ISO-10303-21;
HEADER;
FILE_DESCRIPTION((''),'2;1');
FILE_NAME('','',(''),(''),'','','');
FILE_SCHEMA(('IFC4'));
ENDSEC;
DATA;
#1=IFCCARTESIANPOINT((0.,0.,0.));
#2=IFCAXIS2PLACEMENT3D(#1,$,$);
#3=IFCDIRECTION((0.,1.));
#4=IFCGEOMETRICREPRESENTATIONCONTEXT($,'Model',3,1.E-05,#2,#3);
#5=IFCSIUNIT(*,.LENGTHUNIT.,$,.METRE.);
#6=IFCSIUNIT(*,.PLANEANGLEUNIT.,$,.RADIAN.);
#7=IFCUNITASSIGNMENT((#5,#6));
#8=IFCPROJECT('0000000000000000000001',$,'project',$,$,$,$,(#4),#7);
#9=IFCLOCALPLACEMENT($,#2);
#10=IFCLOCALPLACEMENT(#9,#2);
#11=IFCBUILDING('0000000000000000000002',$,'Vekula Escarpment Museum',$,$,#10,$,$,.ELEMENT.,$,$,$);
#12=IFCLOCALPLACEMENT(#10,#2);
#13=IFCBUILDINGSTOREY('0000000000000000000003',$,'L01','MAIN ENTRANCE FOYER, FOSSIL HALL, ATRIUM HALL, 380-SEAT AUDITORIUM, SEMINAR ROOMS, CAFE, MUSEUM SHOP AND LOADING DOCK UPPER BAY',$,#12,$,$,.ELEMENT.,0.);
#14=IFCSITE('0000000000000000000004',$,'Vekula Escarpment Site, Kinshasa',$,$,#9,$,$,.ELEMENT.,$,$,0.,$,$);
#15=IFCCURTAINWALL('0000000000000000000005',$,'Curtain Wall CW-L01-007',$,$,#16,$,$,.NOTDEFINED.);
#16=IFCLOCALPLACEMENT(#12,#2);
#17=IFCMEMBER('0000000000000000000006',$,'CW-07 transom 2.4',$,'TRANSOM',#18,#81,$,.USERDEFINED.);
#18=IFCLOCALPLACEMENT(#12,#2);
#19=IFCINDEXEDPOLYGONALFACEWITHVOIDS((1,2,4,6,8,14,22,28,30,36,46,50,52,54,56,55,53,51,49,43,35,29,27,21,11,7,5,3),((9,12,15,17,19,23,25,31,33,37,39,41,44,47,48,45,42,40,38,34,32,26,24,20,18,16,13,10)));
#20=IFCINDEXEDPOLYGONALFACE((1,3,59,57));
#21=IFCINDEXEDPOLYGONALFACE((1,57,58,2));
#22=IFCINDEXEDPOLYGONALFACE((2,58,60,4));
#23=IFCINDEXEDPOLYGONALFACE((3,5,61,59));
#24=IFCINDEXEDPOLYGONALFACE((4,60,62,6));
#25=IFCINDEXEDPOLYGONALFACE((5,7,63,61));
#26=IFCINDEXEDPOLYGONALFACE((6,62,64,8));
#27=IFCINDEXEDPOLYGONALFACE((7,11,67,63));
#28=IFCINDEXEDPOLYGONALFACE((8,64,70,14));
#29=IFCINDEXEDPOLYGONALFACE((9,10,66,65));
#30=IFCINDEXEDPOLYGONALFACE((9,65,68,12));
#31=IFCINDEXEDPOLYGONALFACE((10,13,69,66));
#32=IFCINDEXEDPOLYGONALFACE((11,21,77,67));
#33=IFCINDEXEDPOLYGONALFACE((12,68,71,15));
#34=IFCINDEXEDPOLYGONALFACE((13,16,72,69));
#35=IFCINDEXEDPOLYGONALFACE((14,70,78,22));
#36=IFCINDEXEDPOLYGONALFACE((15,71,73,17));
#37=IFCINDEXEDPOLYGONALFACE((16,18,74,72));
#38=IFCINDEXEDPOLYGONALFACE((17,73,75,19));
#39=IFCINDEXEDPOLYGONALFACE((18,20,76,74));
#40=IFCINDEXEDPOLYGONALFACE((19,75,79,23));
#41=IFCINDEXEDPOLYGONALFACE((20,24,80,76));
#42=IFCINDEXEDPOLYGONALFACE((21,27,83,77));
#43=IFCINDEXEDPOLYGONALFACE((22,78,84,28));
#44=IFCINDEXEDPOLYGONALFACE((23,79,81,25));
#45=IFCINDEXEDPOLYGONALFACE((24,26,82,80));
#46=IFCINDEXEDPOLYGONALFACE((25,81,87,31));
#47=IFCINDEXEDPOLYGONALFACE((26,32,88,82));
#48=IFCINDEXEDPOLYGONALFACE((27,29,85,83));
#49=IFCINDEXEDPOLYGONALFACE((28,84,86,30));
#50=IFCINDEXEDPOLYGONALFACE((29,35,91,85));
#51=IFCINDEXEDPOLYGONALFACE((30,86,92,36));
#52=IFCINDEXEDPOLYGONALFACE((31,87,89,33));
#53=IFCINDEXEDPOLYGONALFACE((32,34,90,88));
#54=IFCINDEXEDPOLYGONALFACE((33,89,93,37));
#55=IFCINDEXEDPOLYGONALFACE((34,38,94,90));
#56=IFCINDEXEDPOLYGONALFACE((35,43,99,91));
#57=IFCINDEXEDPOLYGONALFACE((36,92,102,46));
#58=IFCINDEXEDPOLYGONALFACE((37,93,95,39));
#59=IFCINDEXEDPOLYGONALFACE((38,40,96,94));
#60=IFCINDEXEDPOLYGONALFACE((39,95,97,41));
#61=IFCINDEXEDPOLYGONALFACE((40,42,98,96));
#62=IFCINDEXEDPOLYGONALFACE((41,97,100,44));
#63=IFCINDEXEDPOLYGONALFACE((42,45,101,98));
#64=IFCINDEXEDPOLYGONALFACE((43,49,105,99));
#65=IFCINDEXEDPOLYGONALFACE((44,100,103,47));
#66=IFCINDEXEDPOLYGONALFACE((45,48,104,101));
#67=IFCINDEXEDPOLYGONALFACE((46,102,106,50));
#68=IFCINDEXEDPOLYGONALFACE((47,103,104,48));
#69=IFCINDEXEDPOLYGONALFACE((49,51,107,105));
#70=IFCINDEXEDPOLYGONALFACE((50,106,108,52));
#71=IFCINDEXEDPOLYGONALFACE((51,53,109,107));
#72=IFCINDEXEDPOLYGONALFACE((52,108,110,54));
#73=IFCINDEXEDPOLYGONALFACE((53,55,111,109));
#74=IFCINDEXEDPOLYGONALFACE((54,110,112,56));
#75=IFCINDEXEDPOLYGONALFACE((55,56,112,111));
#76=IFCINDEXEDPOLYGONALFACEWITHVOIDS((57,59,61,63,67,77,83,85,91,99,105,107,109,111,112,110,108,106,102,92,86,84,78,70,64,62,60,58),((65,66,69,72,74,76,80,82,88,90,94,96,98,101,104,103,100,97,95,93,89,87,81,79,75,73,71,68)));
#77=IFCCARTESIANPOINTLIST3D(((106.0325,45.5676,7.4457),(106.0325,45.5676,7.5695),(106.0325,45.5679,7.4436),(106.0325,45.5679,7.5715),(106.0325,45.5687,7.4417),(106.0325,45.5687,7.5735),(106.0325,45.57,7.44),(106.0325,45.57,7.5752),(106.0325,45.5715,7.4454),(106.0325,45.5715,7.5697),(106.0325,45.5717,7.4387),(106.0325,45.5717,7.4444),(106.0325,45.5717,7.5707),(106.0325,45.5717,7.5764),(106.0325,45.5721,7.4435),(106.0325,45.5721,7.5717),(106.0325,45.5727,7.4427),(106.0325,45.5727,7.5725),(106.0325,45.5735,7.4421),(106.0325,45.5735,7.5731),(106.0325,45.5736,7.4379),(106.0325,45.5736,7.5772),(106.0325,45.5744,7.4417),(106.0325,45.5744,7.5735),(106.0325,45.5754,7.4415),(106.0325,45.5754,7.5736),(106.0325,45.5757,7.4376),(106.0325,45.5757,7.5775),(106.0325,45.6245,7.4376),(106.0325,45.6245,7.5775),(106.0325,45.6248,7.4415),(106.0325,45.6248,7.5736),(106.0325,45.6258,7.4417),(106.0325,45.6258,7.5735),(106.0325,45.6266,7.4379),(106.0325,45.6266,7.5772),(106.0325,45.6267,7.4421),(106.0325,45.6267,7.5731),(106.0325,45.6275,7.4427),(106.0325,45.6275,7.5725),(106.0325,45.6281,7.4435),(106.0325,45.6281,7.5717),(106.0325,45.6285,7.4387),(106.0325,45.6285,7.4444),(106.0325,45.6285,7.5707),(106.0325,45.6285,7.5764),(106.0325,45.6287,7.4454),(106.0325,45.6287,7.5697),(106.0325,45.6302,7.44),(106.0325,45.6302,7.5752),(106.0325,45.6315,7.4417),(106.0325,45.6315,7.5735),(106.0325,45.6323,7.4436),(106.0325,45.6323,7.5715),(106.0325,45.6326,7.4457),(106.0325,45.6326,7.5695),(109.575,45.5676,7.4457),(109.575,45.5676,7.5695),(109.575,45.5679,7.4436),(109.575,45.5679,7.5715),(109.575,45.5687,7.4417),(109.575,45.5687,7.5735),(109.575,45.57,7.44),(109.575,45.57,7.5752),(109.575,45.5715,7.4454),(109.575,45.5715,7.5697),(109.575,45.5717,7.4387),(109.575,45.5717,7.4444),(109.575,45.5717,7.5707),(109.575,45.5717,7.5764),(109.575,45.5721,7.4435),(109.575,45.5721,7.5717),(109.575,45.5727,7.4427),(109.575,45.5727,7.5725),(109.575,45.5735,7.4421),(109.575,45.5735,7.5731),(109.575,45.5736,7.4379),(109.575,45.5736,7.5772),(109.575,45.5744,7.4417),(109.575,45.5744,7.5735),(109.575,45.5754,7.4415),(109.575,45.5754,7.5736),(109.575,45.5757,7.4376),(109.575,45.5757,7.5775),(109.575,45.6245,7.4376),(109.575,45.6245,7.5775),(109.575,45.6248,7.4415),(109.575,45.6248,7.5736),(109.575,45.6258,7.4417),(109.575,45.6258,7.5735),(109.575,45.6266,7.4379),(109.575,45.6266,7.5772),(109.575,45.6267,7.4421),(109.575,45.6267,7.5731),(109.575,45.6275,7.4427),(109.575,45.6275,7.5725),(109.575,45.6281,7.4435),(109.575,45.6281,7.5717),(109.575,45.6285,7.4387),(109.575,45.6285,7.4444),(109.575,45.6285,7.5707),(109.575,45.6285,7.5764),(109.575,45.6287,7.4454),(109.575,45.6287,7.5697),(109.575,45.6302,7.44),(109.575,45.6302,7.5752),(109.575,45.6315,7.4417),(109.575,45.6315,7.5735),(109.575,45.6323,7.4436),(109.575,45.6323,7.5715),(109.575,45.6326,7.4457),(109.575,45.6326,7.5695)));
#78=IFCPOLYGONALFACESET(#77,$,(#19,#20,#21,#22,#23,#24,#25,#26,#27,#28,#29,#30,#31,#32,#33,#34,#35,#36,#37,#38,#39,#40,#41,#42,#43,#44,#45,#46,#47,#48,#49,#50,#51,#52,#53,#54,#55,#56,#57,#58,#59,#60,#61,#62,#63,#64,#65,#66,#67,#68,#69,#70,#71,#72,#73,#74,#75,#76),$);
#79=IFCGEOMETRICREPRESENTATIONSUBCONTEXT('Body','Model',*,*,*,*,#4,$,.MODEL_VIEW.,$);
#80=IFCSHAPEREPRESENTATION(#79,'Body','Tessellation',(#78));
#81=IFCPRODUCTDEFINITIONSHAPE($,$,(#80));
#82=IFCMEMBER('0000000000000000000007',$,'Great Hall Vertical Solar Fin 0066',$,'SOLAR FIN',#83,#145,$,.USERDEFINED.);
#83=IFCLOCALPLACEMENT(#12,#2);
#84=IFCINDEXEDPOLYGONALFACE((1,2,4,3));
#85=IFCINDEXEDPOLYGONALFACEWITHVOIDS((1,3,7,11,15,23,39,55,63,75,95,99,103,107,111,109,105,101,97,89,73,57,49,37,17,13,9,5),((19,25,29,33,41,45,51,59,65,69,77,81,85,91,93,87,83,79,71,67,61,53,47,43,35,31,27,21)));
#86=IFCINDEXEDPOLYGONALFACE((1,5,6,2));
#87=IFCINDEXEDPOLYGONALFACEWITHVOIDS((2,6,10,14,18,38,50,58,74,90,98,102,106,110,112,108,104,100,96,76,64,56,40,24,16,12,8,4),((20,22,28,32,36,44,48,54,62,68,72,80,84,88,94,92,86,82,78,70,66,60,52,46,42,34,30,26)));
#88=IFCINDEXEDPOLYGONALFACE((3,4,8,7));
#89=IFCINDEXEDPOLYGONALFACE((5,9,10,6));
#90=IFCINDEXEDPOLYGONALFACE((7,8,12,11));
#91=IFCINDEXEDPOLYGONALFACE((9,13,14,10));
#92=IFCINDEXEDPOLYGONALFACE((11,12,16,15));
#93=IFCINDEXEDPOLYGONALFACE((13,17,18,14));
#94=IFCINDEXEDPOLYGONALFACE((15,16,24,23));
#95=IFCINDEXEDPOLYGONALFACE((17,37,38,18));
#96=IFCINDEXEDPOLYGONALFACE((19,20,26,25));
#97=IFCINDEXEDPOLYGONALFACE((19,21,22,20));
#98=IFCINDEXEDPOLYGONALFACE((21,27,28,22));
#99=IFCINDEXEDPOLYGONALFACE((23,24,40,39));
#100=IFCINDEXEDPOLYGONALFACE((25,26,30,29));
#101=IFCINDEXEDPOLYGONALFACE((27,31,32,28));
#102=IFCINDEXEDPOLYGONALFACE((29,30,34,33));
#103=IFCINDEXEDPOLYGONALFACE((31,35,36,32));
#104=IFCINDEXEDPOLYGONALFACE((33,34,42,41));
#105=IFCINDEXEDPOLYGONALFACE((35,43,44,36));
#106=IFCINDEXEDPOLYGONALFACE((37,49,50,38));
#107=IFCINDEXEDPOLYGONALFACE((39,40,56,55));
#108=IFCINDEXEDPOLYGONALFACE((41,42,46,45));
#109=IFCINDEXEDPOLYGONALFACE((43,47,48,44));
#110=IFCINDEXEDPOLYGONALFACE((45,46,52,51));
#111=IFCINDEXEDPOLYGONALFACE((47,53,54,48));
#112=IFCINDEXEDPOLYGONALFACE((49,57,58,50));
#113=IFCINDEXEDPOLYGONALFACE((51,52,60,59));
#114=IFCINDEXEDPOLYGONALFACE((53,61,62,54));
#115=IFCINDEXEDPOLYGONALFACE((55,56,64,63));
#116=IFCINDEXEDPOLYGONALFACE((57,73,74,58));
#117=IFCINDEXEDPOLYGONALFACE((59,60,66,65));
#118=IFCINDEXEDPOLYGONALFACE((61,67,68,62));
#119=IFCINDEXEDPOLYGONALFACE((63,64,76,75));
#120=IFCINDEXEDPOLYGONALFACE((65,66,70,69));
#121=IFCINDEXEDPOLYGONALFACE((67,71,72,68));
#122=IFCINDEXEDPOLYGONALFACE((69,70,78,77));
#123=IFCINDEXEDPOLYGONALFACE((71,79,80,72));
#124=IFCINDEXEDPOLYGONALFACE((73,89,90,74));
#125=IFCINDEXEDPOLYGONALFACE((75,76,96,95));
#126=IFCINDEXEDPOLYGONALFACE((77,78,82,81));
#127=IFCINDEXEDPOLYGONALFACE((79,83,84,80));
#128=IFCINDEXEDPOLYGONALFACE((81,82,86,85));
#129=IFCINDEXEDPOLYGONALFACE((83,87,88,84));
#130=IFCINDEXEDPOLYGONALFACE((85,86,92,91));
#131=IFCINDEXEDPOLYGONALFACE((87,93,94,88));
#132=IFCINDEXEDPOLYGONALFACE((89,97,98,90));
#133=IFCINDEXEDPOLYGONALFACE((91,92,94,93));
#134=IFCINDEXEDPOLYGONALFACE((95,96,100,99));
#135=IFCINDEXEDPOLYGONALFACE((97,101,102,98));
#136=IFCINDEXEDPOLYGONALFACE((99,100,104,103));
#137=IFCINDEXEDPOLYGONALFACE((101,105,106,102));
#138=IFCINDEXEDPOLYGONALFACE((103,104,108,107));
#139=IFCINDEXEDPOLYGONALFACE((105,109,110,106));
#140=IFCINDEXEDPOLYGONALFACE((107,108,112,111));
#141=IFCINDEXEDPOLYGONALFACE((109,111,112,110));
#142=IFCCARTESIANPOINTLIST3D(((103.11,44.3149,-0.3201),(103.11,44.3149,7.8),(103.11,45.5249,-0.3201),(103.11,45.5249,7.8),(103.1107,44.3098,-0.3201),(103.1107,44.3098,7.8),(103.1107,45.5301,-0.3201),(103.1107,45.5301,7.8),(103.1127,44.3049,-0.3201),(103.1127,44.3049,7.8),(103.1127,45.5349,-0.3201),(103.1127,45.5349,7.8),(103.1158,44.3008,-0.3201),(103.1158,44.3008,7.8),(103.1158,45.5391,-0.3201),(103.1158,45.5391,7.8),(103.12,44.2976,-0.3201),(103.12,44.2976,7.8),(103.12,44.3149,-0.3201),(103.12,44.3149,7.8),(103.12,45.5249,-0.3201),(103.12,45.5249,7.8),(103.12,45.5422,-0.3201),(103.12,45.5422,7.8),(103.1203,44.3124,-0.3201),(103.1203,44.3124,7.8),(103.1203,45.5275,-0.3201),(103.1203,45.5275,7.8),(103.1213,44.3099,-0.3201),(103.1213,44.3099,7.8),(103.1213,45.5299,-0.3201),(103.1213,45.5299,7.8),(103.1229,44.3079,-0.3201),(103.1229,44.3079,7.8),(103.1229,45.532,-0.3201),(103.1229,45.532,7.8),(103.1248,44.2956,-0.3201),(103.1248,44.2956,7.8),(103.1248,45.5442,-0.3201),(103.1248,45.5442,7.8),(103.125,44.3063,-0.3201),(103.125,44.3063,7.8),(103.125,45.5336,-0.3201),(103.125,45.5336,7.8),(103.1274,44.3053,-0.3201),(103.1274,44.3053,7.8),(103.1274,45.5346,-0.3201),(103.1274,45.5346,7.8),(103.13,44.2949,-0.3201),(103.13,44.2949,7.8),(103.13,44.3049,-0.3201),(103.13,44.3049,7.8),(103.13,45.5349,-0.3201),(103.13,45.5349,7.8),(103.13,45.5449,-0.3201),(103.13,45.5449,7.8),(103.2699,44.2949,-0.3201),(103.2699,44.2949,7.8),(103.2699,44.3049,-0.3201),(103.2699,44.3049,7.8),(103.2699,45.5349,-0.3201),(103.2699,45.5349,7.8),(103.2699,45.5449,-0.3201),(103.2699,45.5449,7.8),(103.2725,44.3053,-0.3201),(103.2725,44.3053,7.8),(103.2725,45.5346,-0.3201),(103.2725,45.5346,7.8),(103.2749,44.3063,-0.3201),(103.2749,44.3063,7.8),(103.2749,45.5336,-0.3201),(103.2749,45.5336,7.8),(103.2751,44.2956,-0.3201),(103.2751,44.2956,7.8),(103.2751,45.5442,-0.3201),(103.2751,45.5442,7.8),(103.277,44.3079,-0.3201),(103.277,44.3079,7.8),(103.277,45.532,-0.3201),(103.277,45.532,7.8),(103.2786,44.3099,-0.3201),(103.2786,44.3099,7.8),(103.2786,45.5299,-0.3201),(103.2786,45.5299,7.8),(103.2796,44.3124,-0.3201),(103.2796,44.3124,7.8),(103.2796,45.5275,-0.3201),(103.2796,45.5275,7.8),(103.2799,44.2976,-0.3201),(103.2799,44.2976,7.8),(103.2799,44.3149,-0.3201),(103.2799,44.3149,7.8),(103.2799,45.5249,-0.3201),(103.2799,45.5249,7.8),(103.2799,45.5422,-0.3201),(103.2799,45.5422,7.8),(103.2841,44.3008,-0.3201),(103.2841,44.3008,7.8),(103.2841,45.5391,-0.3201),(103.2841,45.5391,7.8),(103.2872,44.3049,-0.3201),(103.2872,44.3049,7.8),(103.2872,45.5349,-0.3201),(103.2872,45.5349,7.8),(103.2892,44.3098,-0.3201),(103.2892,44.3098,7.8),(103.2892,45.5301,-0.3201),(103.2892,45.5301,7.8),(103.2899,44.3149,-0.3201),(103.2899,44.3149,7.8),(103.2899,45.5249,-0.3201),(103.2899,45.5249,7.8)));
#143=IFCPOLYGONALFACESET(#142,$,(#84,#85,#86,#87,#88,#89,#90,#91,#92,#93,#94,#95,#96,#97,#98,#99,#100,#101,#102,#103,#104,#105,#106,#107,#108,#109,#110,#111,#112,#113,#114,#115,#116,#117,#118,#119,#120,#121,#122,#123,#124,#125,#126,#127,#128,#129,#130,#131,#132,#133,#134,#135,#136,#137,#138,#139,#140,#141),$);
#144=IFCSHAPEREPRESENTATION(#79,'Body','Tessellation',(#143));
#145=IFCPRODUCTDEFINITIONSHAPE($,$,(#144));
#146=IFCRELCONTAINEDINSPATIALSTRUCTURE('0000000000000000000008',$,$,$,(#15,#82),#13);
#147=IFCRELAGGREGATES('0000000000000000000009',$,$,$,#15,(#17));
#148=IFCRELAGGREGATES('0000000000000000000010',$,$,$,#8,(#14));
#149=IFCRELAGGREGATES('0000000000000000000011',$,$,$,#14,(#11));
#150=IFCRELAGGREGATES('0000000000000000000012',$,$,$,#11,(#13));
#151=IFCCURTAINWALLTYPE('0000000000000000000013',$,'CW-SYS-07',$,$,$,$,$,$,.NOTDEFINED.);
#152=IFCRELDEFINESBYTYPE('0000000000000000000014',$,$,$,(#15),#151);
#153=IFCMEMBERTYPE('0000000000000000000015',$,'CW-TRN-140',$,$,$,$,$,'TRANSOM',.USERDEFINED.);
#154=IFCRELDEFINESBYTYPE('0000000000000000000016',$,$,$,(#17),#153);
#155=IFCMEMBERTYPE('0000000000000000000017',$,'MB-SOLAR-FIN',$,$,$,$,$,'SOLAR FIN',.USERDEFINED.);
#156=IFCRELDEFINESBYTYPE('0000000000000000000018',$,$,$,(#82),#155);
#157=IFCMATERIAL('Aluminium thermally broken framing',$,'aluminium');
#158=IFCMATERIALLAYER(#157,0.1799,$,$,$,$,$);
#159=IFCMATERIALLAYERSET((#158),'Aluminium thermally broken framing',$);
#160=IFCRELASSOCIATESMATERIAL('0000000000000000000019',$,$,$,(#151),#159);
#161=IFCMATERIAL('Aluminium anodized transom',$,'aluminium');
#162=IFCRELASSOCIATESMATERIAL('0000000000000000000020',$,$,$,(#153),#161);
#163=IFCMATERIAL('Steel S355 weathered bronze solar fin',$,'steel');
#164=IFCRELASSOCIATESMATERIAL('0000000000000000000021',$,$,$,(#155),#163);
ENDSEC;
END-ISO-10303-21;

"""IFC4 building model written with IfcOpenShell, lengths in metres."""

from ifc_helpers import new_model, si_unit, direction, frame, origin, origin_2d, place, context, subcontext, project, spatial, hollow_rectangle, extrude, material, layer, layer_set, material_profile, profile_set, type_object, element, aggregate, save


model = new_model("IFC4")

# Units and contexts
model_context = context("Model", 3, precision=1e-05, world=origin(), true_north=direction((0.0, 1.0)))
body_context = subcontext(model_context, "Body", "Model", "MODEL_VIEW")
ifc_project = project(units=[si_unit("LENGTHUNIT", "METRE"), si_unit("PLANEANGLEUNIT", "RADIAN")], contexts=[model_context])

# Site, building, storey
site_placement = place(None, origin())
site = spatial("IfcSite", under=ifc_project, at=site_placement, Name="Vekula Escarpment Site, Kinshasa", CompositionType="ELEMENT", RefElevation=0.0)
building_placement = place(site_placement, origin())
building = spatial("IfcBuilding", under=site, at=building_placement, Name="Vekula Escarpment Museum", CompositionType="ELEMENT")
storey_placement = place(building_placement, origin())
storey = spatial("IfcBuildingStorey", under=building, at=storey_placement, Name="L01", Description="MAIN ENTRANCE FOYER, FOSSIL HALL, ATRIUM HALL, 380-SEAT AUDITORIUM, SEMINAR ROOMS, CAFE, MUSEUM SHOP AND LOADING DOCK UPPER BAY", CompositionType="ELEMENT", Elevation=0.0)

# Curtain wall, member
ifc_material_1 = material(Name="Aluminium thermally broken framing", Category="aluminium")
ifc_layer_1 = layer(ifc_material_1, 0.1799)
ifc_layer_set_1 = layer_set([ifc_layer_1], Name="Aluminium thermally broken framing")
curtain_wall_type = type_object("IfcCurtainWallType", Name="CW-SYS-07", PredefinedType="NOTDEFINED", material=ifc_layer_set_1)
curtain_wall_placement = place(storey_placement, origin())
curtain_wall = element("IfcCurtainWall", 1, at=curtain_wall_placement, inside=storey, type_object=curtain_wall_type, Name="Curtain Wall CW-L01-007", PredefinedType="NOTDEFINED")
ifc_material_2 = material(Name="Aluminium anodized transom", Category="aluminium")
ifc_material_profile_1 = material_profile(ifc_material_2, hollow_rectangle(XDim=0.0649, YDim=0.1399, WallThickness=0.0039, InnerFilletRadius=0.0039, OuterFilletRadius=0.0081, at=origin_2d()), Name="ALU 140x65x4")
ifc_profile_set_1 = profile_set([ifc_material_profile_1], Name="Aluminium anodized transom")
member_type_1 = type_object("IfcMemberType", Name="CW-TRN-140", ElementType="TRANSOM", PredefinedType="USERDEFINED", material=ifc_profile_set_1)
member_1_placement = place(storey_placement, frame((106.0325, 45.6001, 7.5076), z_axis=(1.0, 0.0, 0.0), x_axis=(0.0, 1.0, 0.0)))
member_1 = element("IfcMember", 2, at=member_1_placement, type_object=member_type_1, Name="CW-07 transom 2.4", ObjectType="TRANSOM", PredefinedType="USERDEFINED", context=body_context, shape_type="SweptSolid", body=[
    extrude(hollow_rectangle(XDim=0.0649, YDim=0.1399, WallThickness=0.0039, InnerFilletRadius=0.0039, OuterFilletRadius=0.0081, at=origin_2d()), origin(), (0.0, 0.0, 1.0), 3.5425),
])

# Member
ifc_material_3 = material(Name="Steel S355 weathered bronze solar fin", Category="steel")
ifc_material_profile_2 = material_profile(ifc_material_3, hollow_rectangle(XDim=0.1799, YDim=1.25, WallThickness=0.01, InnerFilletRadius=0.01, OuterFilletRadius=0.02, at=origin_2d()), Name="RHS 1250x180x10")
ifc_profile_set_2 = profile_set([ifc_material_profile_2], Name="Steel S355 weathered bronze solar fin")
member_type_2 = type_object("IfcMemberType", Name="MB-SOLAR-FIN", ElementType="SOLAR FIN", PredefinedType="USERDEFINED", material=ifc_profile_set_2)
for number, where, z_axis, x_axis, name in (
    (3, (103.2, 44.9199, -0.3201), (0.0, 0.0, 1.0), (1.0, 0.0, 0.0), "Great Hall Vertical Solar Fin 0066"),
):
    element("IfcMember", number, at=place(storey_placement, frame(where, z_axis=z_axis, x_axis=x_axis)), inside=storey, type_object=member_type_2, Name=name, ObjectType="SOLAR FIN", PredefinedType="USERDEFINED", context=body_context, shape_type="SweptSolid", body=[
        extrude(hollow_rectangle(XDim=0.1799, YDim=1.25, WallThickness=0.01, InnerFilletRadius=0.01, OuterFilletRadius=0.02, at=origin_2d()), origin(), (0.0, 0.0, 1.0), 8.1201),
    ])

aggregate(curtain_wall, [member_1])

save(model, "model.ifc")
